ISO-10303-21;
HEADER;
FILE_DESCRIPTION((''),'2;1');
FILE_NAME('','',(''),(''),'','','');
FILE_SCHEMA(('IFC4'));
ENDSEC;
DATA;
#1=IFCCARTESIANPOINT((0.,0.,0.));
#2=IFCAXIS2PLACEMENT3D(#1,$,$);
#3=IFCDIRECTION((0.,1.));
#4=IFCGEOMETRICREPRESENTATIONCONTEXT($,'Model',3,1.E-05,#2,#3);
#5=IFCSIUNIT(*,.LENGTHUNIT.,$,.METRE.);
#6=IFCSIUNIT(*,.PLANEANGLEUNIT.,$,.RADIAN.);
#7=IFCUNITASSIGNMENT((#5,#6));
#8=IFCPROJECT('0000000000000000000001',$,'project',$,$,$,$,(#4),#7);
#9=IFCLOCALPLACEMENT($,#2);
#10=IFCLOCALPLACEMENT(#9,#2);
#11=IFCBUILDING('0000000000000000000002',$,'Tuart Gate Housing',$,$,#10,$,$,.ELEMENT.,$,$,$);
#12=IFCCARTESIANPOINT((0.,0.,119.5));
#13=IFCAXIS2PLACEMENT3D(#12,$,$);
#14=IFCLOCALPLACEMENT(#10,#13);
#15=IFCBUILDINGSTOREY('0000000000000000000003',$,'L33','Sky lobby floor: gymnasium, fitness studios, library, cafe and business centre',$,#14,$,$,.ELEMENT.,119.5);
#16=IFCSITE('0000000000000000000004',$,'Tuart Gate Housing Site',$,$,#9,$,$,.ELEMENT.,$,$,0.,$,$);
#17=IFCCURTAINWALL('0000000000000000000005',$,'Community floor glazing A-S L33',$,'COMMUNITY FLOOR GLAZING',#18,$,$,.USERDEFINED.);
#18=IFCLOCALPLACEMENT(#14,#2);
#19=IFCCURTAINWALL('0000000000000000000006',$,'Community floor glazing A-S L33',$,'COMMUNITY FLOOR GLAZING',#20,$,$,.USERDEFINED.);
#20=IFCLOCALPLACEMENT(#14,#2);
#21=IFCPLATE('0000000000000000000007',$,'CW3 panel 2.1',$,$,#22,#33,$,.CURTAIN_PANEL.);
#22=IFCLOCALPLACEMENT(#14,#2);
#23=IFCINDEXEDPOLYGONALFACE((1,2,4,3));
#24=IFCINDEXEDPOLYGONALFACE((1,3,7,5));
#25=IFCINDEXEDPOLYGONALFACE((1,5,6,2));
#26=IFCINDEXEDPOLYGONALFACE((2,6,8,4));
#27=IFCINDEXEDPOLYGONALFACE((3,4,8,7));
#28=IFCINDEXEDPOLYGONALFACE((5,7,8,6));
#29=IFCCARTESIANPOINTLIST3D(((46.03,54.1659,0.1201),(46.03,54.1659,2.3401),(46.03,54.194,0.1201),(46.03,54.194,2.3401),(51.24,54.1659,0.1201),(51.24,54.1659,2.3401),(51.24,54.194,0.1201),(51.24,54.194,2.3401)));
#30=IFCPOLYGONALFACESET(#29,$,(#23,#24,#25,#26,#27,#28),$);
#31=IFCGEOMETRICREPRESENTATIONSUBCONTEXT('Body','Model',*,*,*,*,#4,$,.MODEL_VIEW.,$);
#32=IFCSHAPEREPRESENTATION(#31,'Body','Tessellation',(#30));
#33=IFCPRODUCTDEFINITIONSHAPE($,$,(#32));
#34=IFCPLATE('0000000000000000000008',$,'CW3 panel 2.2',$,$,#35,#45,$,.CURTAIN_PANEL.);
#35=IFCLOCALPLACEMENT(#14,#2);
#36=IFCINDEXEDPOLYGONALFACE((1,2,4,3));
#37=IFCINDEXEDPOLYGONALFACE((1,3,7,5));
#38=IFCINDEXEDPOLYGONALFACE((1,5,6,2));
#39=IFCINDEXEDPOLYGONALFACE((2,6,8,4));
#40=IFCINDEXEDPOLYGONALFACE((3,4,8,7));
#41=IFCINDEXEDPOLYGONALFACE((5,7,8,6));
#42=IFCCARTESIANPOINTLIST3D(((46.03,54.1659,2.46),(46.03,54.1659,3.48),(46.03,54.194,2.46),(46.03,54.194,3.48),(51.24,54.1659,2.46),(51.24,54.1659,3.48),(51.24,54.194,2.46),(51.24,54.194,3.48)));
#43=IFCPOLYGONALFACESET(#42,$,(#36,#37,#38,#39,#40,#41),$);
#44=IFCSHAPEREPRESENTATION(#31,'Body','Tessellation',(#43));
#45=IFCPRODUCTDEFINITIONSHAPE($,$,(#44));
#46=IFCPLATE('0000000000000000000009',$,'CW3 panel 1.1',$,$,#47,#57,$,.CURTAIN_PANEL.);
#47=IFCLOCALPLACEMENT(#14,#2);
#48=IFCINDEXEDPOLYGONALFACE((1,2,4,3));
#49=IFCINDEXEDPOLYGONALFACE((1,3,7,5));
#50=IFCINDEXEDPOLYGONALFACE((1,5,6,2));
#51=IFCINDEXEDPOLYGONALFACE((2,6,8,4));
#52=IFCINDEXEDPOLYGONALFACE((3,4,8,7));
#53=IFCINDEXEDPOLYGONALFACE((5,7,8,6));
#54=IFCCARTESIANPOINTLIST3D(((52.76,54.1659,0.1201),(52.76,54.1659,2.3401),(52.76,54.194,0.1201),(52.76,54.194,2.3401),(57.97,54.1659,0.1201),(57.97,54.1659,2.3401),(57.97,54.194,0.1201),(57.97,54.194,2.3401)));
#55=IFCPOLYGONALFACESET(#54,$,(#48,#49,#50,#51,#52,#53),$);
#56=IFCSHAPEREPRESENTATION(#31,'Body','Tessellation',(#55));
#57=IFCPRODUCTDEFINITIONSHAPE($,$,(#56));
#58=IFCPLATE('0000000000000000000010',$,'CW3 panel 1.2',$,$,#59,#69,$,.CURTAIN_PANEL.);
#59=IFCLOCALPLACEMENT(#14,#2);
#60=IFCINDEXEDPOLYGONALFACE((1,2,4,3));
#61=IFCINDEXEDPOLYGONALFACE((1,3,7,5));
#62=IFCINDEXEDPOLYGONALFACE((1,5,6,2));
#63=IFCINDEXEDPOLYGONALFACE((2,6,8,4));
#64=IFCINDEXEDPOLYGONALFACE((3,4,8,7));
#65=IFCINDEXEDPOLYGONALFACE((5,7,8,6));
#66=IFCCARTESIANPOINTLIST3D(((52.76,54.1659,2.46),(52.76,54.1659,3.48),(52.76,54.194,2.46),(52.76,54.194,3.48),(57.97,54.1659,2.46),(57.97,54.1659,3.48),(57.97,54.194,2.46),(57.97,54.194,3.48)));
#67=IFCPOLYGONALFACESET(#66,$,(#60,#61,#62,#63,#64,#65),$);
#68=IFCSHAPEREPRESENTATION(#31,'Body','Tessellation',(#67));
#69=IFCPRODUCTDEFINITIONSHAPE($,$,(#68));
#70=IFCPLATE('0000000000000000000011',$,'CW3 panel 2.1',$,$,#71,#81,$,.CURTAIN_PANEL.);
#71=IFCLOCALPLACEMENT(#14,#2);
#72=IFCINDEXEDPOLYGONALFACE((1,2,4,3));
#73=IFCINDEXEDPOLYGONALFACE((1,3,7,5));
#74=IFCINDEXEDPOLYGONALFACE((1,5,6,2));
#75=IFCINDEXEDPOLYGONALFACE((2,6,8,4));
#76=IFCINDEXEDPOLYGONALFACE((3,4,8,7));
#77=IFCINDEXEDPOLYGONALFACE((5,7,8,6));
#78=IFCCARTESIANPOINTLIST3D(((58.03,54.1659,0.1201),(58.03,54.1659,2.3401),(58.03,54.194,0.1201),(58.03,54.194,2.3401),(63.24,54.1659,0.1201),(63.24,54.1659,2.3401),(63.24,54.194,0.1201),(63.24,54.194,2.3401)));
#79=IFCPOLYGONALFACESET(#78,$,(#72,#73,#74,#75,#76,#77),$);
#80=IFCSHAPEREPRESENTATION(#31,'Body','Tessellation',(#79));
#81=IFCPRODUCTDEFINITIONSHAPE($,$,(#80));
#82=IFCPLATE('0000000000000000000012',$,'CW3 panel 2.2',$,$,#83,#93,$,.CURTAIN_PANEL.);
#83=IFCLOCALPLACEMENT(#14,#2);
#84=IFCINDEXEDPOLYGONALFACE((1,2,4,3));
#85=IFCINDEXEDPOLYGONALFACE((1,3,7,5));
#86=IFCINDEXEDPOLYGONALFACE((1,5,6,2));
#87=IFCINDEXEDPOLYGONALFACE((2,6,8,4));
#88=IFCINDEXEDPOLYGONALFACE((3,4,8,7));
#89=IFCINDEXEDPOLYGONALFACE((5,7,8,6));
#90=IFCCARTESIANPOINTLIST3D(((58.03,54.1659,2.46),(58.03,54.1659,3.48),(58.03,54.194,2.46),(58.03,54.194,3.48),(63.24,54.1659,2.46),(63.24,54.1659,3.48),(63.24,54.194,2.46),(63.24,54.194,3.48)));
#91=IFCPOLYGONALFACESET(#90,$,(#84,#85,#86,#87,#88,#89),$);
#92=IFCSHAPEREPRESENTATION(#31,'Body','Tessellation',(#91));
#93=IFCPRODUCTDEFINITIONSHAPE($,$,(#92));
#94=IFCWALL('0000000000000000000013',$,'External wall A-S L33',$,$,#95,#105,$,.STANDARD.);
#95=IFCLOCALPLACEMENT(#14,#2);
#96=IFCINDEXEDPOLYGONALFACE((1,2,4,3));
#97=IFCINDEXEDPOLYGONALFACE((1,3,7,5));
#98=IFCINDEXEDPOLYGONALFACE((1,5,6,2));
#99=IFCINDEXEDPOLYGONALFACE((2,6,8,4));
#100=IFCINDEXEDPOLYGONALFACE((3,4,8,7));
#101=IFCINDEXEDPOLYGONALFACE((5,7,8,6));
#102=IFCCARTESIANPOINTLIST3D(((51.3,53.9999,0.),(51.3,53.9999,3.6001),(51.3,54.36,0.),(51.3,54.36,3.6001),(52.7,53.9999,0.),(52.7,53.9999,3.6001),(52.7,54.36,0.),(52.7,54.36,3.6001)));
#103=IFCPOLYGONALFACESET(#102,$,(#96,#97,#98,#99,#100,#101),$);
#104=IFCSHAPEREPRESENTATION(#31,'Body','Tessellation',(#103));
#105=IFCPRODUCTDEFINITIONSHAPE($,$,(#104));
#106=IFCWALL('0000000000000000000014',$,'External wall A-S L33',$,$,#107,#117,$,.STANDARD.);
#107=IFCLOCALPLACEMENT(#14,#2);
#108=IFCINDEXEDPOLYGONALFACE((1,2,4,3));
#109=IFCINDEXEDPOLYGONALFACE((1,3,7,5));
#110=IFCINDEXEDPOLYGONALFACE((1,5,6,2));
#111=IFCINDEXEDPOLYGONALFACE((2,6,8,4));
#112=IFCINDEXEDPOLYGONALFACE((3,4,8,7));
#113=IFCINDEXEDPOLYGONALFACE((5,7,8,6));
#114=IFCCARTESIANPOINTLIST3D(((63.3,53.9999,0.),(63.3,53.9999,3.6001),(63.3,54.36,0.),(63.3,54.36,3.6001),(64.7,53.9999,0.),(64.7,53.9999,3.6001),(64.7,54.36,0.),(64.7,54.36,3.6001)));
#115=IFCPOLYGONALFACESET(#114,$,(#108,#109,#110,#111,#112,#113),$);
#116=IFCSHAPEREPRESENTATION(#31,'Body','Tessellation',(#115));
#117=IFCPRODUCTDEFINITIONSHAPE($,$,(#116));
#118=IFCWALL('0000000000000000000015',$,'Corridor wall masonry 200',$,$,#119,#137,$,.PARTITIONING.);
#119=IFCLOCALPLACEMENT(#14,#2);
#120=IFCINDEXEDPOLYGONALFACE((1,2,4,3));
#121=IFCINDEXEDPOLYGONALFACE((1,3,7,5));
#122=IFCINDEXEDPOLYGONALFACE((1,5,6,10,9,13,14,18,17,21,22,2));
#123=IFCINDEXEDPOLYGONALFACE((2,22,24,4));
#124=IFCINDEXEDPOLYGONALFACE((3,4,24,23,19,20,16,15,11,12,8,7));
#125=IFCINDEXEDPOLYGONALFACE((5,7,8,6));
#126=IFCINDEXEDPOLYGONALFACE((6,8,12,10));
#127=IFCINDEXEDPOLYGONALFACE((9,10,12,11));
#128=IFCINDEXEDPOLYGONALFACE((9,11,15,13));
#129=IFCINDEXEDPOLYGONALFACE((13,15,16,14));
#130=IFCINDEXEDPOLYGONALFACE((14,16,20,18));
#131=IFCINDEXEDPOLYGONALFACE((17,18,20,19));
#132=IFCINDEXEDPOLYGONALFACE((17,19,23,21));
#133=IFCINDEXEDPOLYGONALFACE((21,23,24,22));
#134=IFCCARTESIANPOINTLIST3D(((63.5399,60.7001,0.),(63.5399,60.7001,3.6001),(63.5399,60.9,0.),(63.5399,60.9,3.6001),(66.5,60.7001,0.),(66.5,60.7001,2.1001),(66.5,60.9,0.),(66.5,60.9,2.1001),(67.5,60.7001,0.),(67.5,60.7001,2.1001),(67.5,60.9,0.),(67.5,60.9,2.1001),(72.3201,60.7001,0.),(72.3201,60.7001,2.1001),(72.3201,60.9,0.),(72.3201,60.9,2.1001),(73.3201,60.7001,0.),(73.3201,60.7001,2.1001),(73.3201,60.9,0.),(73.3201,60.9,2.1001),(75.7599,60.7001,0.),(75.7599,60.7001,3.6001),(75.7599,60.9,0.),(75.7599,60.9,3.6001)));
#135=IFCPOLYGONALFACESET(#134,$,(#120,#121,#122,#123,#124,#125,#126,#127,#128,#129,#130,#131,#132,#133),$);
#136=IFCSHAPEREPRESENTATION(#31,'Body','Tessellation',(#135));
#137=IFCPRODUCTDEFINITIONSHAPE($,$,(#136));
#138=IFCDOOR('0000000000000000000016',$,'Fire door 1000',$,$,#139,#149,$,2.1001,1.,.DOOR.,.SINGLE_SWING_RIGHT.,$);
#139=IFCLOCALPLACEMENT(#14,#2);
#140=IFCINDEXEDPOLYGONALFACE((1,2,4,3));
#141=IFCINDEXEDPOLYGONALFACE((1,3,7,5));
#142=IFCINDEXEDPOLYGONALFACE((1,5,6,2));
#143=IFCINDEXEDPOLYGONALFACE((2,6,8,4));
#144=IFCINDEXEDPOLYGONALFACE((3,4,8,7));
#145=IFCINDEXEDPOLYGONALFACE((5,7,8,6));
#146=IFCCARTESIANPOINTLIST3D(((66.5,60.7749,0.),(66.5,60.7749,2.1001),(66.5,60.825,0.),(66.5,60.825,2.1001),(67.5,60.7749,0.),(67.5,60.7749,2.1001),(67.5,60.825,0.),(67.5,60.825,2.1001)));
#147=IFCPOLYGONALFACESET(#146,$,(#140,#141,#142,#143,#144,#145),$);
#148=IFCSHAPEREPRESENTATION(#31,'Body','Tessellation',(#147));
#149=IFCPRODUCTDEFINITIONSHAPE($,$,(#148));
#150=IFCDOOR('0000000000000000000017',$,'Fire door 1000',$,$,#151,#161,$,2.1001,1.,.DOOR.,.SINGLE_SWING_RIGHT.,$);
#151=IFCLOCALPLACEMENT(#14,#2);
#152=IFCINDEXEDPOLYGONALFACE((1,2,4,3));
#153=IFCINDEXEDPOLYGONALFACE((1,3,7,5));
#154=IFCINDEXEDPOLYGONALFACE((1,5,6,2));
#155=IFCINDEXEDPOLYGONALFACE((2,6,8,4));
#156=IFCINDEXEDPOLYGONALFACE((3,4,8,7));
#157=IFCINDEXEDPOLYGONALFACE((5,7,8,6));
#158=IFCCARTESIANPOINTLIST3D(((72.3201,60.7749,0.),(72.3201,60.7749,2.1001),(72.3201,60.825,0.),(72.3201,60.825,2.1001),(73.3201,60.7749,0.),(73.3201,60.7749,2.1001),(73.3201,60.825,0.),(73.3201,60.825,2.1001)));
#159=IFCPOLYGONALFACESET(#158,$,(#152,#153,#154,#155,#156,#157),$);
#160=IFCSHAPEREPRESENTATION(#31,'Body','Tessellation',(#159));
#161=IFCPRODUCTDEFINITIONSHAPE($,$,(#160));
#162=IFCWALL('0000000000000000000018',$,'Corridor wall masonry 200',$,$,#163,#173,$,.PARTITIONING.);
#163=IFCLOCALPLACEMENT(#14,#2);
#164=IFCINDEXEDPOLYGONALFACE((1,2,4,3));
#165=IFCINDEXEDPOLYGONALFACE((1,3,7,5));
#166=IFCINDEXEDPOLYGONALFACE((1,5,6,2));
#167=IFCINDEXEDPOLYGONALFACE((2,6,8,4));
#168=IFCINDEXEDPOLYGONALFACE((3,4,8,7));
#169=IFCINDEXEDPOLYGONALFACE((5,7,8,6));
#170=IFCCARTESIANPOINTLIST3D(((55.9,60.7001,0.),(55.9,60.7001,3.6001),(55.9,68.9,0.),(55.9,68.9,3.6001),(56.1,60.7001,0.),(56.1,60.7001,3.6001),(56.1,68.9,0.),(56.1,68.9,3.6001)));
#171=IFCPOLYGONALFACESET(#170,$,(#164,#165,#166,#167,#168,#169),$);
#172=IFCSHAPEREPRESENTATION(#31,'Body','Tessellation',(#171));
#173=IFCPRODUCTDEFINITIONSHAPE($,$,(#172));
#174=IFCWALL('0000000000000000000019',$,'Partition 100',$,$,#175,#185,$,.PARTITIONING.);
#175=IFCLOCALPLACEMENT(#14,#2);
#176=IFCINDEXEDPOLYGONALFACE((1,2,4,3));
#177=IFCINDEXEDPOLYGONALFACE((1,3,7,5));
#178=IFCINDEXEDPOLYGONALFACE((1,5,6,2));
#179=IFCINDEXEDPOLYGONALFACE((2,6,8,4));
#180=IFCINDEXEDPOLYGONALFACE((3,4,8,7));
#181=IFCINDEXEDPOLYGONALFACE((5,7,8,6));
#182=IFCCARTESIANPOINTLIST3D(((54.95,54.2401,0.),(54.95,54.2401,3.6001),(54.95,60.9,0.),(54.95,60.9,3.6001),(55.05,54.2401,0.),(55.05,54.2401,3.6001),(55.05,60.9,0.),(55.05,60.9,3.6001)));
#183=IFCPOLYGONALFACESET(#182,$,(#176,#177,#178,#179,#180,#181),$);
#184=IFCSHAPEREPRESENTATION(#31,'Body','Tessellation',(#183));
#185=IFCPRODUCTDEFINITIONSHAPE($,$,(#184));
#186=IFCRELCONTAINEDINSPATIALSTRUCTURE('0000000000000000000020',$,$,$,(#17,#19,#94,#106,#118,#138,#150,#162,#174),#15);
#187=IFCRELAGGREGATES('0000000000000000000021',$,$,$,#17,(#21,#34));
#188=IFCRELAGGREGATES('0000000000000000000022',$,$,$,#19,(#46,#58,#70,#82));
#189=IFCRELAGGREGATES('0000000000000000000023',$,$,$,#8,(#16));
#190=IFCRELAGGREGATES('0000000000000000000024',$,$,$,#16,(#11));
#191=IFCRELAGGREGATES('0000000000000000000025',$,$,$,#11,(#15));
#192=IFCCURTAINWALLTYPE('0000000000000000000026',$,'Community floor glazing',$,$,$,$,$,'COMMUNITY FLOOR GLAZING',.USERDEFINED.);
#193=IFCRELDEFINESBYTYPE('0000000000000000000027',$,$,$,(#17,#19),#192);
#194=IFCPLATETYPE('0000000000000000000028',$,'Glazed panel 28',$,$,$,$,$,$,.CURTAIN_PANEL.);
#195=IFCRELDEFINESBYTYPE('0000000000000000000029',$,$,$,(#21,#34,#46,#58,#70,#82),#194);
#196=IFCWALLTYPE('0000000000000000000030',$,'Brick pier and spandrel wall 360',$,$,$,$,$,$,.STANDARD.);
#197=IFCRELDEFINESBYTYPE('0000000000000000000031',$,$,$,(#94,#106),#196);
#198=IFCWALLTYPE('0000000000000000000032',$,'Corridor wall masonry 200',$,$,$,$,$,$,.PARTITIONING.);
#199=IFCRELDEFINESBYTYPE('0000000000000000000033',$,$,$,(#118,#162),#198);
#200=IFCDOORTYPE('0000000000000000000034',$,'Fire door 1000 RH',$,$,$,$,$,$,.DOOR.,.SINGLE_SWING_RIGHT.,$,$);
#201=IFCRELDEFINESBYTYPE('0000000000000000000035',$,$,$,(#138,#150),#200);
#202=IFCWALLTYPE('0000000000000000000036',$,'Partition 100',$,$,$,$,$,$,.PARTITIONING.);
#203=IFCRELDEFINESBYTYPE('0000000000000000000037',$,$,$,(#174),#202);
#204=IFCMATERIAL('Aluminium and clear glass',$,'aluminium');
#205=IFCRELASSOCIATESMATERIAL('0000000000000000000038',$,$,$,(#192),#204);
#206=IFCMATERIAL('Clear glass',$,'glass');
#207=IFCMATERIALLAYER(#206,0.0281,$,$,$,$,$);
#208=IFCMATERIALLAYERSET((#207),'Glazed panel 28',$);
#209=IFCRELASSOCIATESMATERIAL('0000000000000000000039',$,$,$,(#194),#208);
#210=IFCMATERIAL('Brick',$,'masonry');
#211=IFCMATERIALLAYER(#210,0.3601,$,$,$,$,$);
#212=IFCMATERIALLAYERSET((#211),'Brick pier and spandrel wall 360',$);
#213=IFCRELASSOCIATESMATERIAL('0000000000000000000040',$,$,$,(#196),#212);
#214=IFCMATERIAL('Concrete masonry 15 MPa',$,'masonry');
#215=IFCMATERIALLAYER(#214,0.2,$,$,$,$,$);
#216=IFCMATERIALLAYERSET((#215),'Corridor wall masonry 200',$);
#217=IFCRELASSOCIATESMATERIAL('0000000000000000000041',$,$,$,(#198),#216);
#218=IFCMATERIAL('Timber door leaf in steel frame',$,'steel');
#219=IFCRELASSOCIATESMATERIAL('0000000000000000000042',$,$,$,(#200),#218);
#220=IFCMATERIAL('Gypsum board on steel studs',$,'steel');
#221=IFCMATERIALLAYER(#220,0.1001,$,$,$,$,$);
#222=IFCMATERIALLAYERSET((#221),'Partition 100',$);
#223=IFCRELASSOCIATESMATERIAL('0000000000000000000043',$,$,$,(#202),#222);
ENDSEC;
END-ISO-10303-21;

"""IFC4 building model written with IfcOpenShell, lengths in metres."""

from ifc_helpers import new_model, si_unit, direction, frame, frame_2d, origin, origin_2d, place, context, subcontext, project, spatial, rectangle, extrude, material, layer, layer_set, type_object, element, fill, aggregate, save


model = new_model("IFC4")

# Units and contexts
model_context = context("Model", 3, precision=1e-05, world=origin(), true_north=direction((0.0, 1.0)))
body_context = subcontext(model_context, "Body", "Model", "MODEL_VIEW")
ifc_project = project(units=[si_unit("LENGTHUNIT", "METRE"), si_unit("PLANEANGLEUNIT", "RADIAN")], contexts=[model_context])

# Site, building, storey
site_placement = place(None, origin())
site = spatial("IfcSite", under=ifc_project, at=site_placement, Name="Tuart Gate Housing Site", CompositionType="ELEMENT", RefElevation=0.0)
building_placement = place(site_placement, origin())
building = spatial("IfcBuilding", under=site, at=building_placement, Name="Tuart Gate Housing", CompositionType="ELEMENT")
storey_placement = place(building_placement, frame((0.0, 0.0, 119.5)))
storey = spatial("IfcBuildingStorey", under=building, at=storey_placement, Name="L33", Description="Sky lobby floor: gymnasium, fitness studios, library, cafe and business centre", CompositionType="ELEMENT", Elevation=119.5)

# Curtain wall
ifc_material_1 = material(Name="Aluminium and clear glass", Category="aluminium")
curtain_wall_type = type_object("IfcCurtainWallType", Name="Community floor glazing", ElementType="COMMUNITY FLOOR GLAZING", PredefinedType="USERDEFINED", material=ifc_material_1)
curtain_wall_1_placement = place(storey_placement, origin())
curtain_wall_1 = element("IfcCurtainWall", 1, at=curtain_wall_1_placement, inside=storey, type_object=curtain_wall_type, Name="Community floor glazing A-S L33", ObjectType="COMMUNITY FLOOR GLAZING", PredefinedType="USERDEFINED")

# Curtain wall
curtain_wall_2_placement = place(storey_placement, origin())
curtain_wall_2 = element("IfcCurtainWall", 2, at=curtain_wall_2_placement, inside=storey, type_object=curtain_wall_type, Name="Community floor glazing A-S L33", ObjectType="COMMUNITY FLOOR GLAZING", PredefinedType="USERDEFINED")

# Plates
ifc_material_2 = material(Name="Clear glass", Category="glass")
ifc_layer_1 = layer(ifc_material_2, 0.0281)
ifc_layer_set_1 = layer_set([ifc_layer_1], Name="Glazed panel 28")
plate_type = type_object("IfcPlateType", Name="Glazed panel 28", PredefinedType="CURTAIN_PANEL", material=ifc_layer_set_1)
plate_1_placement = place(storey_placement, frame((48.635, 54.1799, 0.1201), z_axis=(0.0, 0.0, 1.0), x_axis=(1.0, 0.0, 0.0)))
plate_1 = element("IfcPlate", 3, at=plate_1_placement, type_object=plate_type, Name="CW3 panel 2.1", PredefinedType="CURTAIN_PANEL", context=body_context, shape_type="SweptSolid", body=[
    extrude(rectangle(XDim=5.21, YDim=0.0281, at=origin_2d()), origin(), (0.0, 0.0, 1.0), 2.22),
])
plate_2_placement = place(storey_placement, frame((48.635, 54.1799, 2.46), z_axis=(0.0, 0.0, 1.0), x_axis=(1.0, 0.0, 0.0)))
plate_2 = element("IfcPlate", 4, at=plate_2_placement, type_object=plate_type, Name="CW3 panel 2.2", PredefinedType="CURTAIN_PANEL", context=body_context, shape_type="SweptSolid", body=[
    extrude(rectangle(XDim=5.21, YDim=0.0281, at=origin_2d()), origin(), (0.0, 0.0, 1.0), 1.02),
])
aggregate(curtain_wall_1, [plate_1, plate_2])
plate_3_placement = place(storey_placement, frame((55.365, 54.1799, 0.1201), z_axis=(0.0, 0.0, 1.0), x_axis=(1.0, 0.0, 0.0)))
plate_3 = element("IfcPlate", 5, at=plate_3_placement, type_object=plate_type, Name="CW3 panel 1.1", PredefinedType="CURTAIN_PANEL", context=body_context, shape_type="SweptSolid", body=[
    extrude(rectangle(XDim=5.21, YDim=0.0281, at=origin_2d()), origin(), (0.0, 0.0, 1.0), 2.22),
])
plate_4_placement = place(storey_placement, frame((55.365, 54.1799, 2.46), z_axis=(0.0, 0.0, 1.0), x_axis=(1.0, 0.0, 0.0)))
plate_4 = element("IfcPlate", 6, at=plate_4_placement, type_object=plate_type, Name="CW3 panel 1.2", PredefinedType="CURTAIN_PANEL", context=body_context, shape_type="SweptSolid", body=[
    extrude(rectangle(XDim=5.21, YDim=0.0281, at=origin_2d()), origin(), (0.0, 0.0, 1.0), 1.02),
])
plate_5_placement = place(storey_placement, frame((60.635, 54.1799, 0.1201), z_axis=(0.0, 0.0, 1.0), x_axis=(1.0, 0.0, 0.0)))
plate_5 = element("IfcPlate", 7, at=plate_5_placement, type_object=plate_type, Name="CW3 panel 2.1", PredefinedType="CURTAIN_PANEL", context=body_context, shape_type="SweptSolid", body=[
    extrude(rectangle(XDim=5.21, YDim=0.0281, at=origin_2d()), origin(), (0.0, 0.0, 1.0), 2.22),
])
plate_6_placement = place(storey_placement, frame((60.635, 54.1799, 2.46), z_axis=(0.0, 0.0, 1.0), x_axis=(1.0, 0.0, 0.0)))
plate_6 = element("IfcPlate", 8, at=plate_6_placement, type_object=plate_type, Name="CW3 panel 2.2", PredefinedType="CURTAIN_PANEL", context=body_context, shape_type="SweptSolid", body=[
    extrude(rectangle(XDim=5.21, YDim=0.0281, at=origin_2d()), origin(), (0.0, 0.0, 1.0), 1.02),
])
aggregate(curtain_wall_2, [plate_3, plate_4, plate_5, plate_6])

# Walls
ifc_material_3 = material(Name="Brick", Category="masonry")
ifc_layer_2 = layer(ifc_material_3, 0.3601)
ifc_layer_set_2 = layer_set([ifc_layer_2], Name="Brick pier and spandrel wall 360")
wall_type_1 = type_object("IfcWallType", Name="Brick pier and spandrel wall 360", PredefinedType="STANDARD", material=ifc_layer_set_2)
for number, where, z_axis, x_axis, name in (
    (9, (51.3, 54.1799, 0.0), (0.0, 0.0, 1.0), (1.0, 0.0, 0.0), "External wall A-S L33"),
    (10, (63.3, 54.1799, 0.0), (0.0, 0.0, 1.0), (1.0, 0.0, 0.0), "External wall A-S L33"),
):
    element("IfcWall", number, at=place(storey_placement, frame(where, z_axis=z_axis, x_axis=x_axis)), inside=storey, type_object=wall_type_1, Name=name, PredefinedType="STANDARD", context=body_context, shape_type="SweptSolid", body=[
        extrude(rectangle(XDim=1.3999, YDim=0.3601, at=frame_2d((0.7, 0.0))), origin(), (0.0, 0.0, 1.0), 3.6001),
    ])

# Wall, openings, doors
ifc_material_4 = material(Name="Concrete masonry 15 MPa", Category="masonry")
ifc_layer_3 = layer(ifc_material_4, 0.2)
ifc_layer_set_3 = layer_set([ifc_layer_3], Name="Corridor wall masonry 200")
wall_type_2 = type_object("IfcWallType", Name="Corridor wall masonry 200", PredefinedType="PARTITIONING", material=ifc_layer_set_3)
wall_1_placement = place(storey_placement, frame((63.54, 60.8, 0.0), z_axis=(0.0, 0.0, 1.0), x_axis=(1.0, 0.0, 0.0)))
wall_1 = element("IfcWall", 11, at=wall_1_placement, inside=storey, type_object=wall_type_2, Name="Corridor wall masonry 200", PredefinedType="PARTITIONING", context=body_context, shape_type="SweptSolid", body=[
    extrude(rectangle(XDim=12.22, YDim=0.2, at=frame_2d((6.1099, 0.0))), origin(), (0.0, 0.0, 1.0), 3.6001),
])
opening_1_placement = place(wall_1_placement, frame((2.96, 0.0, 0.0)))
opening_1 = element("IfcOpeningElement", 12, at=opening_1_placement, cuts=wall_1, PredefinedType="OPENING", context=body_context, shape_type="SweptSolid", body=[
    extrude(rectangle(XDim=1.0, YDim=2.1001, at=frame_2d((0.5, 1.05))), frame((0.0, 0.1099, 0.0), z_axis=(0.0, -1.0, 0.0), x_axis=(1.0, 0.0, 0.0)), (0.0, 0.0, 1.0), 0.22),
])
opening_2_placement = place(wall_1_placement, frame((8.78, 0.0, 0.0)))
opening_2 = element("IfcOpeningElement", 13, at=opening_2_placement, cuts=wall_1, PredefinedType="OPENING", context=body_context, shape_type="SweptSolid", body=[
    extrude(rectangle(XDim=1.0, YDim=2.1001, at=frame_2d((0.5, 1.05))), frame((0.0, 0.1099, 0.0), z_axis=(0.0, -1.0, 0.0), x_axis=(1.0, 0.0, 0.0)), (0.0, 0.0, 1.0), 0.22),
])
ifc_material_5 = material(Name="Timber door leaf in steel frame", Category="steel")
door_type = type_object("IfcDoorType", Name="Fire door 1000 RH", OperationType="SINGLE_SWING_RIGHT", PredefinedType="DOOR", material=ifc_material_5)
door_1_placement = place(opening_1_placement, frame((1.0, 0.0, 0.0), z_axis=(0.0, 0.0, 1.0), x_axis=(-1.0, 0.0, 0.0)))
door_1 = element("IfcDoor", 14, at=door_1_placement, inside=storey, type_object=door_type, Name="Fire door 1000", OperationType="SINGLE_SWING_RIGHT", OverallHeight=2.1001, OverallWidth=1.0, PredefinedType="DOOR", context=body_context, shape_type="SweptSolid", body=[
    extrude(rectangle(XDim=1.0, YDim=2.1001, at=frame_2d((0.5, 1.05))), frame((0.0, 0.0251, 0.0), z_axis=(0.0, -1.0, 0.0), x_axis=(1.0, 0.0, 0.0)), (0.0, 0.0, 1.0), 0.05),
])
fill(opening_1, door_1)
door_2_placement = place(opening_2_placement, frame((1.0, 0.0, 0.0), z_axis=(0.0, 0.0, 1.0), x_axis=(-1.0, 0.0, 0.0)))
door_2 = element("IfcDoor", 15, at=door_2_placement, inside=storey, type_object=door_type, Name="Fire door 1000", OperationType="SINGLE_SWING_RIGHT", OverallHeight=2.1001, OverallWidth=1.0, PredefinedType="DOOR", context=body_context, shape_type="SweptSolid", body=[
    extrude(rectangle(XDim=1.0, YDim=2.1001, at=frame_2d((0.5, 1.05))), frame((0.0, 0.0251, 0.0), z_axis=(0.0, -1.0, 0.0), x_axis=(1.0, 0.0, 0.0)), (0.0, 0.0, 1.0), 0.05),
])
fill(opening_2, door_2)

# Walls
wall_2_placement = place(storey_placement, frame((56.0, 60.7, 0.0), z_axis=(0.0, 0.0, 1.0), x_axis=(0.0, 1.0, 0.0)))
element("IfcWall", 16, at=wall_2_placement, inside=storey, type_object=wall_type_2, Name="Corridor wall masonry 200", PredefinedType="PARTITIONING", context=body_context, shape_type="SweptSolid", body=[
    extrude(rectangle(XDim=8.2, YDim=0.2, at=frame_2d((4.1001, 0.0))), origin(), (0.0, 0.0, 1.0), 3.6001),
])
ifc_material_6 = material(Name="Gypsum board on steel studs", Category="steel")
ifc_layer_4 = layer(ifc_material_6, 0.1001)
ifc_layer_set_4 = layer_set([ifc_layer_4], Name="Partition 100")
wall_type_3 = type_object("IfcWallType", Name="Partition 100", PredefinedType="PARTITIONING", material=ifc_layer_set_4)
wall_3_placement = place(storey_placement, frame((55.0, 54.24, 0.0), z_axis=(0.0, 0.0, 1.0), x_axis=(0.0, 1.0, 0.0)))
element("IfcWall", 17, at=wall_3_placement, inside=storey, type_object=wall_type_3, Name="Partition 100", PredefinedType="PARTITIONING", context=body_context, shape_type="SweptSolid", body=[
    extrude(rectangle(XDim=6.6599, YDim=0.1001, at=frame_2d((3.3301, 0.0))), origin(), (0.0, 0.0, 1.0), 3.6001),
])

save(model, "model.ifc")
